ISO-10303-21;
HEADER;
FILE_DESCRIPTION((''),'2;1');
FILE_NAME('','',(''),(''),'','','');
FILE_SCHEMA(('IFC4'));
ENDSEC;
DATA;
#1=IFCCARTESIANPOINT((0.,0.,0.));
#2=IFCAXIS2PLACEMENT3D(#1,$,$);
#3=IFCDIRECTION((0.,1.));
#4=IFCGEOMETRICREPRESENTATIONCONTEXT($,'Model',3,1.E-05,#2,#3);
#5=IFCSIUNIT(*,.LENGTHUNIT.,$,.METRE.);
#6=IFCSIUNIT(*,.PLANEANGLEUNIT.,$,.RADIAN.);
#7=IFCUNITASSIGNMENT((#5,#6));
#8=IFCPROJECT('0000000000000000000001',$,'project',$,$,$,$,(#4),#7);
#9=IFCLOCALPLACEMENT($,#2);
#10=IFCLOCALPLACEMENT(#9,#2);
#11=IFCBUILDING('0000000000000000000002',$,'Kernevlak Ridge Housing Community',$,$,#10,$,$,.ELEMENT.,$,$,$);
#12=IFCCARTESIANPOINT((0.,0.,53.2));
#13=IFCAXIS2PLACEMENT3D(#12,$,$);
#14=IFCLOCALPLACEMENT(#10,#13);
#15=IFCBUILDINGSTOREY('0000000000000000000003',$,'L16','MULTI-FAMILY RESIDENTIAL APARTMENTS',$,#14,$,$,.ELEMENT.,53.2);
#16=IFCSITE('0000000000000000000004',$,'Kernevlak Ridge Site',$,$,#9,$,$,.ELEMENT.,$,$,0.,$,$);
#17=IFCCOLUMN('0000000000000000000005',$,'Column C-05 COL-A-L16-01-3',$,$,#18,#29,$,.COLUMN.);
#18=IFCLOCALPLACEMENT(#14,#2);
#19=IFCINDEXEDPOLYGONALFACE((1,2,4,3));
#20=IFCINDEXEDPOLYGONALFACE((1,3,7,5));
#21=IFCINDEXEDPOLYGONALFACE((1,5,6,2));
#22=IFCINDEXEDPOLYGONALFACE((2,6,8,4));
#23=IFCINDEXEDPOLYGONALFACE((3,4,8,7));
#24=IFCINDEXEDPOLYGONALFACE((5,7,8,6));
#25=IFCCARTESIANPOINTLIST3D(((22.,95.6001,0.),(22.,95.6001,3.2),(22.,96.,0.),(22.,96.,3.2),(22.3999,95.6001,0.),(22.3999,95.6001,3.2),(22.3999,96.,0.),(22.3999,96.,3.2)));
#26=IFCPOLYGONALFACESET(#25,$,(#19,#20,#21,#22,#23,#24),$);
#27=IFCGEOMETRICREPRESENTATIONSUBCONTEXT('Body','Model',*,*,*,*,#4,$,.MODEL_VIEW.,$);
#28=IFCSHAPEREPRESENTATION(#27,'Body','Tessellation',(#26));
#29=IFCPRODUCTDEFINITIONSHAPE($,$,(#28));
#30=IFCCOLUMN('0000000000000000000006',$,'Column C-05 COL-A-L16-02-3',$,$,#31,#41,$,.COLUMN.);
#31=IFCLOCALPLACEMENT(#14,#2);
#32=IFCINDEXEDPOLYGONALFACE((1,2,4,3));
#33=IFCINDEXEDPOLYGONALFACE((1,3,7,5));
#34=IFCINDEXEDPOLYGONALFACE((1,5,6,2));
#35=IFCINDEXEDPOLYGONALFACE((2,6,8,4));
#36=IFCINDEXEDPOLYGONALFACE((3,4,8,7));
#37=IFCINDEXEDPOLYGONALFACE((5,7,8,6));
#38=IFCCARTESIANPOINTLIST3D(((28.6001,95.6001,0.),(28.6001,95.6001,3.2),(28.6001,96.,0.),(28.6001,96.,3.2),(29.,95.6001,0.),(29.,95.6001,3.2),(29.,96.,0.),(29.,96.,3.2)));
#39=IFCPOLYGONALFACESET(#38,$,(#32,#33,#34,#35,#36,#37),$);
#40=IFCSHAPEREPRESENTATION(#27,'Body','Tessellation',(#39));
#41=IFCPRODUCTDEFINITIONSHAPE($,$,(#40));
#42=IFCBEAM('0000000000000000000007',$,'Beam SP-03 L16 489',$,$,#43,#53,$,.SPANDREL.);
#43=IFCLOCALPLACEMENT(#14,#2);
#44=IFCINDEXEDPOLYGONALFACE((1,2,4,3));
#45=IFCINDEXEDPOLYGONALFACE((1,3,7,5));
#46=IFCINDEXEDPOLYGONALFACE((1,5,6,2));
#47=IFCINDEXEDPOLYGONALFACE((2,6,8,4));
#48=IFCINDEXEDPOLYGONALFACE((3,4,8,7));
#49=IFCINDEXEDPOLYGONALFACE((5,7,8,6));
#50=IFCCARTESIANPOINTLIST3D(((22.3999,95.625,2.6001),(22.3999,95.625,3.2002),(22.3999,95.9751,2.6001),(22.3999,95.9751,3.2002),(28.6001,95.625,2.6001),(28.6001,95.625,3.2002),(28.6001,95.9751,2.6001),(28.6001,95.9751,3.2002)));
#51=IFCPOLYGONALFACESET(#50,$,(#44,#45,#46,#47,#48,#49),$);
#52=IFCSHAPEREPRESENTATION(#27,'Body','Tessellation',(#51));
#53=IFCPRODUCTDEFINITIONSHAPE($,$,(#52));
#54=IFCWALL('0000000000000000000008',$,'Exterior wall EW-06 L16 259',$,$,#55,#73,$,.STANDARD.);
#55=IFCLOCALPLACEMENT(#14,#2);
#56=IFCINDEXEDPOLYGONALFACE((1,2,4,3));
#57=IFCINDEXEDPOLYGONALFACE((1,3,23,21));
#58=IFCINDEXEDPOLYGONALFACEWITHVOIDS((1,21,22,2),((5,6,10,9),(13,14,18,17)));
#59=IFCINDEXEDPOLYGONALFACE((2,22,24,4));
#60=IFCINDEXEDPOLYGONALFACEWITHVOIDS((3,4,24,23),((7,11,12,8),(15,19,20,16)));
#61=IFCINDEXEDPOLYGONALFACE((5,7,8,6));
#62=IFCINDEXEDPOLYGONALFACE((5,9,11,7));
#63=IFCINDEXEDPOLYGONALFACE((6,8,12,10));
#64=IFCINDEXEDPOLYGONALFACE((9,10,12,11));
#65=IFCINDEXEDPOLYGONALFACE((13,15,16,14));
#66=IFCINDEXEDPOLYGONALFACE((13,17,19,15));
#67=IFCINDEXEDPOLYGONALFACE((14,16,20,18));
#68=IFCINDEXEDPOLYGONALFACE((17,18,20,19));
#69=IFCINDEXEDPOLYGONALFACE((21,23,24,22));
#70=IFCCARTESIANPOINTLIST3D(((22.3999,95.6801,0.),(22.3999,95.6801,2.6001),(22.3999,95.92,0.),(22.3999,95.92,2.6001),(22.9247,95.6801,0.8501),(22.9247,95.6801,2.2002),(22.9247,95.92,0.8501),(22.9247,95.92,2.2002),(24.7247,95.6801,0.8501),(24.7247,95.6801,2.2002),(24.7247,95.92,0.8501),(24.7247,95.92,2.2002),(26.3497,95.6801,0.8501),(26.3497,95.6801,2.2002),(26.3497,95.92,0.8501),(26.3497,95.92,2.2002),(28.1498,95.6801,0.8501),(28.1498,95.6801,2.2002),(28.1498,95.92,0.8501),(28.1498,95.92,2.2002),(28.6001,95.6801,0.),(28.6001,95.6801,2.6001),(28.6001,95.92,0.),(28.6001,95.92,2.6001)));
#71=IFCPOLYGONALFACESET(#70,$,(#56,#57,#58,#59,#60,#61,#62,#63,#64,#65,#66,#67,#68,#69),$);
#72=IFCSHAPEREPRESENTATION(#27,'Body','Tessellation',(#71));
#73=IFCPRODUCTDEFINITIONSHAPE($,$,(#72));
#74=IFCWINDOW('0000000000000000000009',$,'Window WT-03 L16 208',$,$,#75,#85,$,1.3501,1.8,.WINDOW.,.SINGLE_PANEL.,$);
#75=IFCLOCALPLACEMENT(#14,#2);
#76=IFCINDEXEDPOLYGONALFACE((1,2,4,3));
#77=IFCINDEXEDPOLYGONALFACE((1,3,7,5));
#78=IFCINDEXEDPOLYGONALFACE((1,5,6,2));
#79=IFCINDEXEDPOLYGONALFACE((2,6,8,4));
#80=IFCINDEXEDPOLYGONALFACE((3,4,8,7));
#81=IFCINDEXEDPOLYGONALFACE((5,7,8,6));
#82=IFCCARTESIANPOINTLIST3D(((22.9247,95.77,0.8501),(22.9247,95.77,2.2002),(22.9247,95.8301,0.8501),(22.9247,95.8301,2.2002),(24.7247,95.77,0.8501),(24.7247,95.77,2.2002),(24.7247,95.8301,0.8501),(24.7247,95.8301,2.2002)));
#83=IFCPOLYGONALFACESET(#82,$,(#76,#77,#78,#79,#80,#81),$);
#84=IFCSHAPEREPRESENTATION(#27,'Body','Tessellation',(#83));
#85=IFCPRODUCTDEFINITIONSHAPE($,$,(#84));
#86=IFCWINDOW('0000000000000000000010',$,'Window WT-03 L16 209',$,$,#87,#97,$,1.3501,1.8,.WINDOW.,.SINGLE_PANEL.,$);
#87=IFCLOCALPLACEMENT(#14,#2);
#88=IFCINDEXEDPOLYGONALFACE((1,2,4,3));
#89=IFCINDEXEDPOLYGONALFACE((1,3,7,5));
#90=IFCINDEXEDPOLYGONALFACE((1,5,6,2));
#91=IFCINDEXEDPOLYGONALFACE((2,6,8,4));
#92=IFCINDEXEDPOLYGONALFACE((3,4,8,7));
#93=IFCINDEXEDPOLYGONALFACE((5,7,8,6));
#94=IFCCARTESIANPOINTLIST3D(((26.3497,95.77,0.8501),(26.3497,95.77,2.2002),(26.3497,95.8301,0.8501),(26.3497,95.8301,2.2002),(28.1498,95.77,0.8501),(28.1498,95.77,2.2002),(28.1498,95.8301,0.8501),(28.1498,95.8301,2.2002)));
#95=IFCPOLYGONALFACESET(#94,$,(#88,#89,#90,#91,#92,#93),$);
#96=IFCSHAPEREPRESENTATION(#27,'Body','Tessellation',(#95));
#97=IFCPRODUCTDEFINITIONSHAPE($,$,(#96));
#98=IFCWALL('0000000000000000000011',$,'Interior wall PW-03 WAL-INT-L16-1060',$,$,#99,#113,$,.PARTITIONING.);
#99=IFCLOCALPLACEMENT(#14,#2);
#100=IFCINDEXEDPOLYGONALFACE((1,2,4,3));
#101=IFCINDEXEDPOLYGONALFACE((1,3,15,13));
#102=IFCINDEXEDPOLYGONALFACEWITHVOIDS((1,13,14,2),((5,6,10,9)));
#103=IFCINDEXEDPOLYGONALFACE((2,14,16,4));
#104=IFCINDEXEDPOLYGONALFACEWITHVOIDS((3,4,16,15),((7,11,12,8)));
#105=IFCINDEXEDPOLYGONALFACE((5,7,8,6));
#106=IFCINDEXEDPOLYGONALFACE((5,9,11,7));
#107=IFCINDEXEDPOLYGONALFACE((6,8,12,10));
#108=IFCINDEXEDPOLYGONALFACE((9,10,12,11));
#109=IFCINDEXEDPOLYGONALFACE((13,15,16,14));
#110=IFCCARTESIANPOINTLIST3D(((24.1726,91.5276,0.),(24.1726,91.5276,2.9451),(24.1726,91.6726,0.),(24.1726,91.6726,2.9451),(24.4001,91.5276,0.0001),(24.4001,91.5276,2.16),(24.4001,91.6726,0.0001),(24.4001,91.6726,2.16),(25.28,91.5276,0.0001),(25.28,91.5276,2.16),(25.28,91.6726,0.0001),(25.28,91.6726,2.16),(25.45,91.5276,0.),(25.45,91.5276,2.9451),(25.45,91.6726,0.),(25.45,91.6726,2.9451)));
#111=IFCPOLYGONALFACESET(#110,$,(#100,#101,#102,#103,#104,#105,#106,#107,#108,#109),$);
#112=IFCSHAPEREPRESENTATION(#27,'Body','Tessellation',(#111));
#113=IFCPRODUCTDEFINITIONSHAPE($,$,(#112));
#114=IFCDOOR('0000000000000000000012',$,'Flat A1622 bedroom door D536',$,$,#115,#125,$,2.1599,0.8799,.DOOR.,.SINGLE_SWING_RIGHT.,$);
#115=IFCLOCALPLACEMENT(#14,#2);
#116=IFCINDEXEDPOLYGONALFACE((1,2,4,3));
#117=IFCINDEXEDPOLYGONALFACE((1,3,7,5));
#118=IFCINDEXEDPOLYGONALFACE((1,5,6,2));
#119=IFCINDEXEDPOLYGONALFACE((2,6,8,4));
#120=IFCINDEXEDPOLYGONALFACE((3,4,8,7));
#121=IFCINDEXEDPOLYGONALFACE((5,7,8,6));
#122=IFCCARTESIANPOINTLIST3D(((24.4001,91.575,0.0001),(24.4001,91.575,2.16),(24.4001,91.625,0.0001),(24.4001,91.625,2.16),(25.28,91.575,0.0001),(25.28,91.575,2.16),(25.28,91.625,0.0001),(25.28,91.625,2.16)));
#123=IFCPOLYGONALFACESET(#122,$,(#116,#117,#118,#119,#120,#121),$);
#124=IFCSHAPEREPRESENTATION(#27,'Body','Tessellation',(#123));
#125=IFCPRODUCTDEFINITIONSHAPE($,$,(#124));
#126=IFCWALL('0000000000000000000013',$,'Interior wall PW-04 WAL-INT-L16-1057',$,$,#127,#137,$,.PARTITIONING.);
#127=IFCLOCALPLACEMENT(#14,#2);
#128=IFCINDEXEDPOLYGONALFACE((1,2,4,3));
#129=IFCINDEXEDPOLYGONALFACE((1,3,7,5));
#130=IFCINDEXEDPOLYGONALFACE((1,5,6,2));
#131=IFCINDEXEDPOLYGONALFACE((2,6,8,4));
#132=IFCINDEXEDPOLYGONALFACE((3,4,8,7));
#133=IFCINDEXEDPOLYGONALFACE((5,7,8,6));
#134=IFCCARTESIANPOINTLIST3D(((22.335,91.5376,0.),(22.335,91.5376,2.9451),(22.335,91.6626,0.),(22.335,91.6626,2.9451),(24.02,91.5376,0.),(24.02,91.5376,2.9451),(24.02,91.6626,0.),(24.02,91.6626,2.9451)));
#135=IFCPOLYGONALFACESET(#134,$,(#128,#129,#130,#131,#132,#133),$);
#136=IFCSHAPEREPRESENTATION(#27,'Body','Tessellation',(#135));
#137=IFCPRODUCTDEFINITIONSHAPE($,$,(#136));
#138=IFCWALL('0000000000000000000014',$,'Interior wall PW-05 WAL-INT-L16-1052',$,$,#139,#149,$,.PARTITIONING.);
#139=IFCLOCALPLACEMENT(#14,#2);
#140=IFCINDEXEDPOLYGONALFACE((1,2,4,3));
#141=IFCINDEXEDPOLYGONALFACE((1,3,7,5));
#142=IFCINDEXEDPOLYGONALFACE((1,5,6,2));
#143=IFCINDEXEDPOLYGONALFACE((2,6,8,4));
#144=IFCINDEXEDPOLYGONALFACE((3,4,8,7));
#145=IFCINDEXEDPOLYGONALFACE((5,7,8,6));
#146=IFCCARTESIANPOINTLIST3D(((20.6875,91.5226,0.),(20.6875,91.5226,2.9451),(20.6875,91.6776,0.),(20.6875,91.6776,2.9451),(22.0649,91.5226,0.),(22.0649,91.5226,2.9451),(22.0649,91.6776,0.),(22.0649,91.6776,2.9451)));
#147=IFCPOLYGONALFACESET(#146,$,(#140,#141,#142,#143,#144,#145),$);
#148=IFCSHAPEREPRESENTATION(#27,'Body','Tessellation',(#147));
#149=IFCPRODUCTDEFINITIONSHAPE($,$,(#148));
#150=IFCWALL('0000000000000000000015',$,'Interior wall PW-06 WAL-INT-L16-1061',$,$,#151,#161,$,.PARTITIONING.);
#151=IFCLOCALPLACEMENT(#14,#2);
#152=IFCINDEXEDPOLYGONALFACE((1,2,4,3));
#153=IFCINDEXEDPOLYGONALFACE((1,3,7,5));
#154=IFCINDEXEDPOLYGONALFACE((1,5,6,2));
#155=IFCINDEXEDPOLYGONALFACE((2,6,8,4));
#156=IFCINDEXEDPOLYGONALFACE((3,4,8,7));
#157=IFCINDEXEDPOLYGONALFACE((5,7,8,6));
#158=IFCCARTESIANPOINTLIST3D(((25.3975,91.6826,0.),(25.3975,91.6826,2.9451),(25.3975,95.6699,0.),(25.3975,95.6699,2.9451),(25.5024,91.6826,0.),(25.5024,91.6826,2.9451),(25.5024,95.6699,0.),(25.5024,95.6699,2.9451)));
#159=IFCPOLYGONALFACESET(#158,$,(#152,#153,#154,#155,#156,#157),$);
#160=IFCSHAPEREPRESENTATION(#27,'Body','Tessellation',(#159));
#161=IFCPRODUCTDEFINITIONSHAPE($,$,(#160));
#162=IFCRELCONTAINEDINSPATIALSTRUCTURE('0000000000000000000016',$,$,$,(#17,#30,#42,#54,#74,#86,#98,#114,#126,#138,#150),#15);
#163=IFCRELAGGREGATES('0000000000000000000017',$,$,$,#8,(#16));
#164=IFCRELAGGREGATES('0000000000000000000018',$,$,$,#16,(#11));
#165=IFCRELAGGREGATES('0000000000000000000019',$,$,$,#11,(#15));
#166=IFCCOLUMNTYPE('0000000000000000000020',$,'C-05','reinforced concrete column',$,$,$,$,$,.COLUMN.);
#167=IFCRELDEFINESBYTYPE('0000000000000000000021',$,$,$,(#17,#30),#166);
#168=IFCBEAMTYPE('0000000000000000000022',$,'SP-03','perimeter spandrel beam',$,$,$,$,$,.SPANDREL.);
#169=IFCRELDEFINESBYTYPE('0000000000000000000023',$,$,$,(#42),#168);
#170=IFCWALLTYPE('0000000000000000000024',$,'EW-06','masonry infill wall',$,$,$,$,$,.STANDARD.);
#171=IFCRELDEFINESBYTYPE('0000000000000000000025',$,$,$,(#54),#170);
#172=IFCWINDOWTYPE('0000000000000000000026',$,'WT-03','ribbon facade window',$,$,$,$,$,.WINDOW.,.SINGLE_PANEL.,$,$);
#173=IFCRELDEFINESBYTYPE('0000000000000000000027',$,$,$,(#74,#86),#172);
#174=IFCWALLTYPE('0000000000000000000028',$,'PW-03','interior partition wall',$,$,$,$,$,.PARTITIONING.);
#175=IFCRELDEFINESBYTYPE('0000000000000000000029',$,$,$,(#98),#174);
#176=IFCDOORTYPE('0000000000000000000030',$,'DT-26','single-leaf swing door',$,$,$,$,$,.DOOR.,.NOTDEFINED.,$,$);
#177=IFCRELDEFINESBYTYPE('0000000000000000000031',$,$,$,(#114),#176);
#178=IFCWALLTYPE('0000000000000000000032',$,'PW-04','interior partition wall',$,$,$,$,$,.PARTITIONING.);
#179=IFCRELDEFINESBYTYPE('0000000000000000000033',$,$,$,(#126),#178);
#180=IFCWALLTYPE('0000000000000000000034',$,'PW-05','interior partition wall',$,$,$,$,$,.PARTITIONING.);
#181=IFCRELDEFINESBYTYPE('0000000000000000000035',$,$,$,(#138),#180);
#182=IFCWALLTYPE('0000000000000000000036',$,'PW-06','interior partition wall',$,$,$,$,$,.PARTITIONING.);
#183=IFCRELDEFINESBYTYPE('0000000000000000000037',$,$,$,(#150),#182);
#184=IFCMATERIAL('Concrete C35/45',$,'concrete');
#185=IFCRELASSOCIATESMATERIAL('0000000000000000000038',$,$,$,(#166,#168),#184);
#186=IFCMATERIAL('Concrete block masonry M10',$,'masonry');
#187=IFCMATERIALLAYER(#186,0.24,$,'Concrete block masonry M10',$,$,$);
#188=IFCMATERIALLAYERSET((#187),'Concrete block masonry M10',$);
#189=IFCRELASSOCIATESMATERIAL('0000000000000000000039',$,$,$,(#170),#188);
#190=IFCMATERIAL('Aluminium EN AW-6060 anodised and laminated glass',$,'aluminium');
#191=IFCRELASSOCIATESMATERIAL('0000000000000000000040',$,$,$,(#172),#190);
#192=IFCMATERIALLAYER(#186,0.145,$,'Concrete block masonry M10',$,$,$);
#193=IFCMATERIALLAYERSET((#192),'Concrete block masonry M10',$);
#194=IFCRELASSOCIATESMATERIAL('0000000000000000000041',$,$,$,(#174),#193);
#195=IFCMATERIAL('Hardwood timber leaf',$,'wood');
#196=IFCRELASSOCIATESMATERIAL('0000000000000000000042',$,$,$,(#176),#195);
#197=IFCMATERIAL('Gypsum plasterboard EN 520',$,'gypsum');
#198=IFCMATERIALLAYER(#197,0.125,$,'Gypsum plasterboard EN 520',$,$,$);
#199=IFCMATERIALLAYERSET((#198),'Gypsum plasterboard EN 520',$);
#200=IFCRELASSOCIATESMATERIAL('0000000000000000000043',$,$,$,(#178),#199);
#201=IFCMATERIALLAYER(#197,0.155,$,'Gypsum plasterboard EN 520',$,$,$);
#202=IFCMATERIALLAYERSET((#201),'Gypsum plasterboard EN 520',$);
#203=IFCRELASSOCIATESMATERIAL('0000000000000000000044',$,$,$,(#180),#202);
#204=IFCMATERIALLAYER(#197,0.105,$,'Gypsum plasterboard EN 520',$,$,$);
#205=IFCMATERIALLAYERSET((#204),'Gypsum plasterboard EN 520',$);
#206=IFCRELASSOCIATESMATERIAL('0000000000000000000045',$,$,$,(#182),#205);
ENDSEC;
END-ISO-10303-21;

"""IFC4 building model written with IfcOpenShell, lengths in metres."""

from ifc_helpers import new_model, si_unit, direction, frame, frame_2d, origin, origin_2d, place, context, subcontext, project, spatial, rectangle, extrude, material, layer, layer_set, material_profile, profile_set, type_object, element, fill, save


model = new_model("IFC4")

# Units and contexts
model_context = context("Model", 3, precision=1e-05, world=origin(), true_north=direction((0.0, 1.0)))
body_context = subcontext(model_context, "Body", "Model", "MODEL_VIEW")
ifc_project = project(units=[si_unit("LENGTHUNIT", "METRE"), si_unit("PLANEANGLEUNIT", "RADIAN")], contexts=[model_context])

# Site, building, storey
site_placement = place(None, origin())
site = spatial("IfcSite", under=ifc_project, at=site_placement, Name="Kernevlak Ridge Site", CompositionType="ELEMENT", RefElevation=0.0)
building_placement = place(site_placement, origin())
building = spatial("IfcBuilding", under=site, at=building_placement, Name="Kernevlak Ridge Housing Community", CompositionType="ELEMENT")
storey_placement = place(building_placement, frame((0.0, 0.0, 53.2)))
storey = spatial("IfcBuildingStorey", under=building, at=storey_placement, Name="L16", Description="MULTI-FAMILY RESIDENTIAL APARTMENTS", CompositionType="ELEMENT", Elevation=53.2)

# Columns
ifc_material_1 = material(Name="Concrete C35/45", Category="concrete")
ifc_material_profile_1 = material_profile(ifc_material_1, rectangle(XDim=0.3999, YDim=0.3999, at=origin_2d()), Name="RC 400x400")
ifc_profile_set_1 = profile_set([ifc_material_profile_1], Name="Concrete C35/45")
column_type = type_object("IfcColumnType", Name="C-05", Description="reinforced concrete column", PredefinedType="COLUMN", material=ifc_profile_set_1)
for number, where, z_axis, x_axis, name in (
    (1, (22.2, 95.8, 0.0), (0.0, 0.0, 1.0), (1.0, 0.0, 0.0), "Column C-05 COL-A-L16-01-3"),
    (2, (28.8, 95.8, 0.0), (0.0, 0.0, 1.0), (1.0, 0.0, 0.0), "Column C-05 COL-A-L16-02-3"),
):
    element("IfcColumn", number, at=place(storey_placement, frame(where, z_axis=z_axis, x_axis=x_axis)), inside=storey, type_object=column_type, Name=name, PredefinedType="COLUMN", context=body_context, shape_type="SweptSolid", body=[
        extrude(rectangle(XDim=0.3999, YDim=0.3999, at=origin_2d()), origin(), (0.0, 0.0, 1.0), 3.2),
    ])

# Beam
ifc_material_profile_2 = material_profile(ifc_material_1, rectangle(XDim=0.3501, YDim=0.6001, at=origin_2d()), Name="RC 350x600")
ifc_profile_set_2 = profile_set([ifc_material_profile_2], Name="Concrete C35/45")
beam_type = type_object("IfcBeamType", Name="SP-03", Description="perimeter spandrel beam", PredefinedType="SPANDREL", material=ifc_profile_set_2)
beam_placement = place(storey_placement, frame((22.3999, 95.8, 2.9001), z_axis=(1.0, 0.0, 0.0), x_axis=(0.0, 1.0, 0.0)))
element("IfcBeam", 3, at=beam_placement, inside=storey, type_object=beam_type, Name="Beam SP-03 L16 489", PredefinedType="SPANDREL", context=body_context, shape_type="SweptSolid", body=[
    extrude(rectangle(XDim=0.3501, YDim=0.6001, at=origin_2d()), origin(), (0.0, 0.0, 1.0), 6.2002),
])

# Wall, openings, windows
ifc_material_2 = material(Name="Concrete block masonry M10", Category="masonry")
ifc_layer_1 = layer(ifc_material_2, 0.24, Name="Concrete block masonry M10")
ifc_layer_set_1 = layer_set([ifc_layer_1], Name="Concrete block masonry M10")
wall_type_1 = type_object("IfcWallType", Name="EW-06", Description="masonry infill wall", PredefinedType="STANDARD", material=ifc_layer_set_1)
wall_1_placement = place(storey_placement, frame((22.3999, 95.8, 0.0), z_axis=(0.0, 0.0, 1.0), x_axis=(1.0, 0.0, 0.0)))
wall_1 = element("IfcWall", 4, at=wall_1_placement, inside=storey, type_object=wall_type_1, Name="Exterior wall EW-06 L16 259", PredefinedType="STANDARD", context=body_context, shape_type="SweptSolid", body=[
    extrude(rectangle(XDim=6.2002, YDim=0.24, at=frame_2d((3.1001, 0.0))), origin(), (0.0, 0.0, 1.0), 2.6001),
])
opening_1_placement = place(wall_1_placement, frame((0.5249, 0.0, 0.8501)))
opening_1 = element("IfcOpeningElement", 5, at=opening_1_placement, cuts=wall_1, PredefinedType="OPENING", context=body_context, shape_type="SweptSolid", body=[
    extrude(rectangle(XDim=1.8, YDim=1.3501, at=frame_2d((0.8999, 0.675))), frame((0.0, 0.1299, 0.0), z_axis=(0.0, -1.0, 0.0), x_axis=(1.0, 0.0, 0.0)), (0.0, 0.0, 1.0), 0.26),
])
opening_2_placement = place(wall_1_placement, frame((3.95, 0.0, 0.8501)))
opening_2 = element("IfcOpeningElement", 6, at=opening_2_placement, cuts=wall_1, PredefinedType="OPENING", context=body_context, shape_type="SweptSolid", body=[
    extrude(rectangle(XDim=1.8, YDim=1.3501, at=frame_2d((0.8999, 0.675))), frame((0.0, 0.1299, 0.0), z_axis=(0.0, -1.0, 0.0), x_axis=(1.0, 0.0, 0.0)), (0.0, 0.0, 1.0), 0.26),
])
ifc_material_3 = material(Name="Aluminium EN AW-6060 anodised and laminated glass", Category="aluminium")
window_type = type_object("IfcWindowType", Name="WT-03", Description="ribbon facade window", PartitioningType="SINGLE_PANEL", PredefinedType="WINDOW", material=ifc_material_3)
window_1_placement = place(opening_1_placement, origin())
window_1 = element("IfcWindow", 7, at=window_1_placement, inside=storey, type_object=window_type, Name="Window WT-03 L16 208", OverallHeight=1.3501, OverallWidth=1.8, PartitioningType="SINGLE_PANEL", PredefinedType="WINDOW", context=body_context, shape_type="SweptSolid", body=[
    extrude(rectangle(XDim=1.8, YDim=1.3501, at=frame_2d((0.8999, 0.675))), frame((0.0, 0.03, 0.0), z_axis=(0.0, -1.0, 0.0), x_axis=(1.0, 0.0, 0.0)), (0.0, 0.0, 1.0), 0.0601),
])
fill(opening_1, window_1)
window_2_placement = place(opening_2_placement, origin())
window_2 = element("IfcWindow", 8, at=window_2_placement, inside=storey, type_object=window_type, Name="Window WT-03 L16 209", OverallHeight=1.3501, OverallWidth=1.8, PartitioningType="SINGLE_PANEL", PredefinedType="WINDOW", context=body_context, shape_type="SweptSolid", body=[
    extrude(rectangle(XDim=1.8, YDim=1.3501, at=frame_2d((0.8999, 0.675))), frame((0.0, 0.03, 0.0), z_axis=(0.0, -1.0, 0.0), x_axis=(1.0, 0.0, 0.0)), (0.0, 0.0, 1.0), 0.0601),
])
fill(opening_2, window_2)

# Wall, opening, door
ifc_layer_2 = layer(ifc_material_2, 0.145, Name="Concrete block masonry M10")
ifc_layer_set_2 = layer_set([ifc_layer_2], Name="Concrete block masonry M10")
wall_type_2 = type_object("IfcWallType", Name="PW-03", Description="interior partition wall", PredefinedType="PARTITIONING", material=ifc_layer_set_2)
wall_2_placement = place(storey_placement, frame((24.1726, 91.6001, 0.0), z_axis=(0.0, 0.0, 1.0), x_axis=(1.0, 0.0, 0.0)))
wall_2 = element("IfcWall", 9, at=wall_2_placement, inside=storey, type_object=wall_type_2, Name="Interior wall PW-03 WAL-INT-L16-1060", PredefinedType="PARTITIONING", context=body_context, shape_type="SweptSolid", body=[
    extrude(rectangle(XDim=1.2773, YDim=0.145, at=frame_2d((0.6387, 0.0))), origin(), (0.0, 0.0, 1.0), 2.9451),
])
opening_3_placement = place(wall_2_placement, frame((0.2275, 0.0, 0.0)))
opening_3 = element("IfcOpeningElement", 10, at=opening_3_placement, cuts=wall_2, PredefinedType="OPENING", context=body_context, shape_type="SweptSolid", body=[
    extrude(rectangle(XDim=0.8799, YDim=2.1599, at=frame_2d((0.4399, 1.0801))), frame((0.0, 0.0825, 0.0), z_axis=(0.0, -1.0, 0.0), x_axis=(1.0, 0.0, 0.0)), (0.0, 0.0, 1.0), 0.165),
])
ifc_material_4 = material(Name="Hardwood timber leaf", Category="wood")
door_type_1 = type_object("IfcDoorType", Name="DT-26", Description="single-leaf swing door", OperationType="NOTDEFINED", PredefinedType="DOOR", material=ifc_material_4)
door_1_placement = place(opening_3_placement, origin())
door_1 = element("IfcDoor", 11, at=door_1_placement, inside=storey, type_object=door_type_1, Name="Flat A1622 bedroom door D536", OperationType="SINGLE_SWING_RIGHT", OverallHeight=2.1599, OverallWidth=0.8799, PredefinedType="DOOR", context=body_context, shape_type="SweptSolid", body=[
    extrude(rectangle(XDim=0.8799, YDim=2.1599, at=frame_2d((0.4399, 1.0801))), frame((0.0, 0.0249, 0.0), z_axis=(0.0, -1.0, 0.0), x_axis=(1.0, 0.0, 0.0)), (0.0, 0.0, 1.0), 0.05),
])
fill(opening_3, door_1)

# Walls
ifc_material_5 = material(Name="Gypsum plasterboard EN 520", Category="gypsum")
ifc_layer_3 = layer(ifc_material_5, 0.125, Name="Gypsum plasterboard EN 520")
ifc_layer_set_3 = layer_set([ifc_layer_3], Name="Gypsum plasterboard EN 520")
wall_type_3 = type_object("IfcWallType", Name="PW-04", Description="interior partition wall", PredefinedType="PARTITIONING", material=ifc_layer_set_3)
wall_3_placement = place(storey_placement, frame((22.335, 91.6001, 0.0), z_axis=(0.0, 0.0, 1.0), x_axis=(1.0, 0.0, 0.0)))
element("IfcWall", 12, at=wall_3_placement, inside=storey, type_object=wall_type_3, Name="Interior wall PW-04 WAL-INT-L16-1057", PredefinedType="PARTITIONING", context=body_context, shape_type="SweptSolid", body=[
    extrude(rectangle(XDim=1.6851, YDim=0.125, at=frame_2d((0.8425, 0.0))), origin(), (0.0, 0.0, 1.0), 2.9451),
])
ifc_layer_4 = layer(ifc_material_5, 0.155, Name="Gypsum plasterboard EN 520")
ifc_layer_set_4 = layer_set([ifc_layer_4], Name="Gypsum plasterboard EN 520")
wall_type_4 = type_object("IfcWallType", Name="PW-05", Description="interior partition wall", PredefinedType="PARTITIONING", material=ifc_layer_set_4)
wall_4_placement = place(storey_placement, frame((20.6875, 91.6001, 0.0), z_axis=(0.0, 0.0, 1.0), x_axis=(1.0, 0.0, 0.0)))
element("IfcWall", 13, at=wall_4_placement, inside=storey, type_object=wall_type_4, Name="Interior wall PW-05 WAL-INT-L16-1052", PredefinedType="PARTITIONING", context=body_context, shape_type="SweptSolid", body=[
    extrude(rectangle(XDim=1.3774, YDim=0.155, at=frame_2d((0.6887, 0.0))), origin(), (0.0, 0.0, 1.0), 2.9451),
])
ifc_layer_5 = layer(ifc_material_5, 0.105, Name="Gypsum plasterboard EN 520")
ifc_layer_set_5 = layer_set([ifc_layer_5], Name="Gypsum plasterboard EN 520")
wall_type_5 = type_object("IfcWallType", Name="PW-06", Description="interior partition wall", PredefinedType="PARTITIONING", material=ifc_layer_set_5)
wall_5_placement = place(storey_placement, frame((25.45, 91.6826, 0.0), z_axis=(0.0, 0.0, 1.0), x_axis=(0.0, 1.0, 0.0)))
element("IfcWall", 14, at=wall_5_placement, inside=storey, type_object=wall_type_5, Name="Interior wall PW-06 WAL-INT-L16-1061", PredefinedType="PARTITIONING", context=body_context, shape_type="SweptSolid", body=[
    extrude(rectangle(XDim=3.9873, YDim=0.105, at=frame_2d((1.9937, 0.0))), origin(), (0.0, 0.0, 1.0), 2.9451),
])

save(model, "model.ifc")
